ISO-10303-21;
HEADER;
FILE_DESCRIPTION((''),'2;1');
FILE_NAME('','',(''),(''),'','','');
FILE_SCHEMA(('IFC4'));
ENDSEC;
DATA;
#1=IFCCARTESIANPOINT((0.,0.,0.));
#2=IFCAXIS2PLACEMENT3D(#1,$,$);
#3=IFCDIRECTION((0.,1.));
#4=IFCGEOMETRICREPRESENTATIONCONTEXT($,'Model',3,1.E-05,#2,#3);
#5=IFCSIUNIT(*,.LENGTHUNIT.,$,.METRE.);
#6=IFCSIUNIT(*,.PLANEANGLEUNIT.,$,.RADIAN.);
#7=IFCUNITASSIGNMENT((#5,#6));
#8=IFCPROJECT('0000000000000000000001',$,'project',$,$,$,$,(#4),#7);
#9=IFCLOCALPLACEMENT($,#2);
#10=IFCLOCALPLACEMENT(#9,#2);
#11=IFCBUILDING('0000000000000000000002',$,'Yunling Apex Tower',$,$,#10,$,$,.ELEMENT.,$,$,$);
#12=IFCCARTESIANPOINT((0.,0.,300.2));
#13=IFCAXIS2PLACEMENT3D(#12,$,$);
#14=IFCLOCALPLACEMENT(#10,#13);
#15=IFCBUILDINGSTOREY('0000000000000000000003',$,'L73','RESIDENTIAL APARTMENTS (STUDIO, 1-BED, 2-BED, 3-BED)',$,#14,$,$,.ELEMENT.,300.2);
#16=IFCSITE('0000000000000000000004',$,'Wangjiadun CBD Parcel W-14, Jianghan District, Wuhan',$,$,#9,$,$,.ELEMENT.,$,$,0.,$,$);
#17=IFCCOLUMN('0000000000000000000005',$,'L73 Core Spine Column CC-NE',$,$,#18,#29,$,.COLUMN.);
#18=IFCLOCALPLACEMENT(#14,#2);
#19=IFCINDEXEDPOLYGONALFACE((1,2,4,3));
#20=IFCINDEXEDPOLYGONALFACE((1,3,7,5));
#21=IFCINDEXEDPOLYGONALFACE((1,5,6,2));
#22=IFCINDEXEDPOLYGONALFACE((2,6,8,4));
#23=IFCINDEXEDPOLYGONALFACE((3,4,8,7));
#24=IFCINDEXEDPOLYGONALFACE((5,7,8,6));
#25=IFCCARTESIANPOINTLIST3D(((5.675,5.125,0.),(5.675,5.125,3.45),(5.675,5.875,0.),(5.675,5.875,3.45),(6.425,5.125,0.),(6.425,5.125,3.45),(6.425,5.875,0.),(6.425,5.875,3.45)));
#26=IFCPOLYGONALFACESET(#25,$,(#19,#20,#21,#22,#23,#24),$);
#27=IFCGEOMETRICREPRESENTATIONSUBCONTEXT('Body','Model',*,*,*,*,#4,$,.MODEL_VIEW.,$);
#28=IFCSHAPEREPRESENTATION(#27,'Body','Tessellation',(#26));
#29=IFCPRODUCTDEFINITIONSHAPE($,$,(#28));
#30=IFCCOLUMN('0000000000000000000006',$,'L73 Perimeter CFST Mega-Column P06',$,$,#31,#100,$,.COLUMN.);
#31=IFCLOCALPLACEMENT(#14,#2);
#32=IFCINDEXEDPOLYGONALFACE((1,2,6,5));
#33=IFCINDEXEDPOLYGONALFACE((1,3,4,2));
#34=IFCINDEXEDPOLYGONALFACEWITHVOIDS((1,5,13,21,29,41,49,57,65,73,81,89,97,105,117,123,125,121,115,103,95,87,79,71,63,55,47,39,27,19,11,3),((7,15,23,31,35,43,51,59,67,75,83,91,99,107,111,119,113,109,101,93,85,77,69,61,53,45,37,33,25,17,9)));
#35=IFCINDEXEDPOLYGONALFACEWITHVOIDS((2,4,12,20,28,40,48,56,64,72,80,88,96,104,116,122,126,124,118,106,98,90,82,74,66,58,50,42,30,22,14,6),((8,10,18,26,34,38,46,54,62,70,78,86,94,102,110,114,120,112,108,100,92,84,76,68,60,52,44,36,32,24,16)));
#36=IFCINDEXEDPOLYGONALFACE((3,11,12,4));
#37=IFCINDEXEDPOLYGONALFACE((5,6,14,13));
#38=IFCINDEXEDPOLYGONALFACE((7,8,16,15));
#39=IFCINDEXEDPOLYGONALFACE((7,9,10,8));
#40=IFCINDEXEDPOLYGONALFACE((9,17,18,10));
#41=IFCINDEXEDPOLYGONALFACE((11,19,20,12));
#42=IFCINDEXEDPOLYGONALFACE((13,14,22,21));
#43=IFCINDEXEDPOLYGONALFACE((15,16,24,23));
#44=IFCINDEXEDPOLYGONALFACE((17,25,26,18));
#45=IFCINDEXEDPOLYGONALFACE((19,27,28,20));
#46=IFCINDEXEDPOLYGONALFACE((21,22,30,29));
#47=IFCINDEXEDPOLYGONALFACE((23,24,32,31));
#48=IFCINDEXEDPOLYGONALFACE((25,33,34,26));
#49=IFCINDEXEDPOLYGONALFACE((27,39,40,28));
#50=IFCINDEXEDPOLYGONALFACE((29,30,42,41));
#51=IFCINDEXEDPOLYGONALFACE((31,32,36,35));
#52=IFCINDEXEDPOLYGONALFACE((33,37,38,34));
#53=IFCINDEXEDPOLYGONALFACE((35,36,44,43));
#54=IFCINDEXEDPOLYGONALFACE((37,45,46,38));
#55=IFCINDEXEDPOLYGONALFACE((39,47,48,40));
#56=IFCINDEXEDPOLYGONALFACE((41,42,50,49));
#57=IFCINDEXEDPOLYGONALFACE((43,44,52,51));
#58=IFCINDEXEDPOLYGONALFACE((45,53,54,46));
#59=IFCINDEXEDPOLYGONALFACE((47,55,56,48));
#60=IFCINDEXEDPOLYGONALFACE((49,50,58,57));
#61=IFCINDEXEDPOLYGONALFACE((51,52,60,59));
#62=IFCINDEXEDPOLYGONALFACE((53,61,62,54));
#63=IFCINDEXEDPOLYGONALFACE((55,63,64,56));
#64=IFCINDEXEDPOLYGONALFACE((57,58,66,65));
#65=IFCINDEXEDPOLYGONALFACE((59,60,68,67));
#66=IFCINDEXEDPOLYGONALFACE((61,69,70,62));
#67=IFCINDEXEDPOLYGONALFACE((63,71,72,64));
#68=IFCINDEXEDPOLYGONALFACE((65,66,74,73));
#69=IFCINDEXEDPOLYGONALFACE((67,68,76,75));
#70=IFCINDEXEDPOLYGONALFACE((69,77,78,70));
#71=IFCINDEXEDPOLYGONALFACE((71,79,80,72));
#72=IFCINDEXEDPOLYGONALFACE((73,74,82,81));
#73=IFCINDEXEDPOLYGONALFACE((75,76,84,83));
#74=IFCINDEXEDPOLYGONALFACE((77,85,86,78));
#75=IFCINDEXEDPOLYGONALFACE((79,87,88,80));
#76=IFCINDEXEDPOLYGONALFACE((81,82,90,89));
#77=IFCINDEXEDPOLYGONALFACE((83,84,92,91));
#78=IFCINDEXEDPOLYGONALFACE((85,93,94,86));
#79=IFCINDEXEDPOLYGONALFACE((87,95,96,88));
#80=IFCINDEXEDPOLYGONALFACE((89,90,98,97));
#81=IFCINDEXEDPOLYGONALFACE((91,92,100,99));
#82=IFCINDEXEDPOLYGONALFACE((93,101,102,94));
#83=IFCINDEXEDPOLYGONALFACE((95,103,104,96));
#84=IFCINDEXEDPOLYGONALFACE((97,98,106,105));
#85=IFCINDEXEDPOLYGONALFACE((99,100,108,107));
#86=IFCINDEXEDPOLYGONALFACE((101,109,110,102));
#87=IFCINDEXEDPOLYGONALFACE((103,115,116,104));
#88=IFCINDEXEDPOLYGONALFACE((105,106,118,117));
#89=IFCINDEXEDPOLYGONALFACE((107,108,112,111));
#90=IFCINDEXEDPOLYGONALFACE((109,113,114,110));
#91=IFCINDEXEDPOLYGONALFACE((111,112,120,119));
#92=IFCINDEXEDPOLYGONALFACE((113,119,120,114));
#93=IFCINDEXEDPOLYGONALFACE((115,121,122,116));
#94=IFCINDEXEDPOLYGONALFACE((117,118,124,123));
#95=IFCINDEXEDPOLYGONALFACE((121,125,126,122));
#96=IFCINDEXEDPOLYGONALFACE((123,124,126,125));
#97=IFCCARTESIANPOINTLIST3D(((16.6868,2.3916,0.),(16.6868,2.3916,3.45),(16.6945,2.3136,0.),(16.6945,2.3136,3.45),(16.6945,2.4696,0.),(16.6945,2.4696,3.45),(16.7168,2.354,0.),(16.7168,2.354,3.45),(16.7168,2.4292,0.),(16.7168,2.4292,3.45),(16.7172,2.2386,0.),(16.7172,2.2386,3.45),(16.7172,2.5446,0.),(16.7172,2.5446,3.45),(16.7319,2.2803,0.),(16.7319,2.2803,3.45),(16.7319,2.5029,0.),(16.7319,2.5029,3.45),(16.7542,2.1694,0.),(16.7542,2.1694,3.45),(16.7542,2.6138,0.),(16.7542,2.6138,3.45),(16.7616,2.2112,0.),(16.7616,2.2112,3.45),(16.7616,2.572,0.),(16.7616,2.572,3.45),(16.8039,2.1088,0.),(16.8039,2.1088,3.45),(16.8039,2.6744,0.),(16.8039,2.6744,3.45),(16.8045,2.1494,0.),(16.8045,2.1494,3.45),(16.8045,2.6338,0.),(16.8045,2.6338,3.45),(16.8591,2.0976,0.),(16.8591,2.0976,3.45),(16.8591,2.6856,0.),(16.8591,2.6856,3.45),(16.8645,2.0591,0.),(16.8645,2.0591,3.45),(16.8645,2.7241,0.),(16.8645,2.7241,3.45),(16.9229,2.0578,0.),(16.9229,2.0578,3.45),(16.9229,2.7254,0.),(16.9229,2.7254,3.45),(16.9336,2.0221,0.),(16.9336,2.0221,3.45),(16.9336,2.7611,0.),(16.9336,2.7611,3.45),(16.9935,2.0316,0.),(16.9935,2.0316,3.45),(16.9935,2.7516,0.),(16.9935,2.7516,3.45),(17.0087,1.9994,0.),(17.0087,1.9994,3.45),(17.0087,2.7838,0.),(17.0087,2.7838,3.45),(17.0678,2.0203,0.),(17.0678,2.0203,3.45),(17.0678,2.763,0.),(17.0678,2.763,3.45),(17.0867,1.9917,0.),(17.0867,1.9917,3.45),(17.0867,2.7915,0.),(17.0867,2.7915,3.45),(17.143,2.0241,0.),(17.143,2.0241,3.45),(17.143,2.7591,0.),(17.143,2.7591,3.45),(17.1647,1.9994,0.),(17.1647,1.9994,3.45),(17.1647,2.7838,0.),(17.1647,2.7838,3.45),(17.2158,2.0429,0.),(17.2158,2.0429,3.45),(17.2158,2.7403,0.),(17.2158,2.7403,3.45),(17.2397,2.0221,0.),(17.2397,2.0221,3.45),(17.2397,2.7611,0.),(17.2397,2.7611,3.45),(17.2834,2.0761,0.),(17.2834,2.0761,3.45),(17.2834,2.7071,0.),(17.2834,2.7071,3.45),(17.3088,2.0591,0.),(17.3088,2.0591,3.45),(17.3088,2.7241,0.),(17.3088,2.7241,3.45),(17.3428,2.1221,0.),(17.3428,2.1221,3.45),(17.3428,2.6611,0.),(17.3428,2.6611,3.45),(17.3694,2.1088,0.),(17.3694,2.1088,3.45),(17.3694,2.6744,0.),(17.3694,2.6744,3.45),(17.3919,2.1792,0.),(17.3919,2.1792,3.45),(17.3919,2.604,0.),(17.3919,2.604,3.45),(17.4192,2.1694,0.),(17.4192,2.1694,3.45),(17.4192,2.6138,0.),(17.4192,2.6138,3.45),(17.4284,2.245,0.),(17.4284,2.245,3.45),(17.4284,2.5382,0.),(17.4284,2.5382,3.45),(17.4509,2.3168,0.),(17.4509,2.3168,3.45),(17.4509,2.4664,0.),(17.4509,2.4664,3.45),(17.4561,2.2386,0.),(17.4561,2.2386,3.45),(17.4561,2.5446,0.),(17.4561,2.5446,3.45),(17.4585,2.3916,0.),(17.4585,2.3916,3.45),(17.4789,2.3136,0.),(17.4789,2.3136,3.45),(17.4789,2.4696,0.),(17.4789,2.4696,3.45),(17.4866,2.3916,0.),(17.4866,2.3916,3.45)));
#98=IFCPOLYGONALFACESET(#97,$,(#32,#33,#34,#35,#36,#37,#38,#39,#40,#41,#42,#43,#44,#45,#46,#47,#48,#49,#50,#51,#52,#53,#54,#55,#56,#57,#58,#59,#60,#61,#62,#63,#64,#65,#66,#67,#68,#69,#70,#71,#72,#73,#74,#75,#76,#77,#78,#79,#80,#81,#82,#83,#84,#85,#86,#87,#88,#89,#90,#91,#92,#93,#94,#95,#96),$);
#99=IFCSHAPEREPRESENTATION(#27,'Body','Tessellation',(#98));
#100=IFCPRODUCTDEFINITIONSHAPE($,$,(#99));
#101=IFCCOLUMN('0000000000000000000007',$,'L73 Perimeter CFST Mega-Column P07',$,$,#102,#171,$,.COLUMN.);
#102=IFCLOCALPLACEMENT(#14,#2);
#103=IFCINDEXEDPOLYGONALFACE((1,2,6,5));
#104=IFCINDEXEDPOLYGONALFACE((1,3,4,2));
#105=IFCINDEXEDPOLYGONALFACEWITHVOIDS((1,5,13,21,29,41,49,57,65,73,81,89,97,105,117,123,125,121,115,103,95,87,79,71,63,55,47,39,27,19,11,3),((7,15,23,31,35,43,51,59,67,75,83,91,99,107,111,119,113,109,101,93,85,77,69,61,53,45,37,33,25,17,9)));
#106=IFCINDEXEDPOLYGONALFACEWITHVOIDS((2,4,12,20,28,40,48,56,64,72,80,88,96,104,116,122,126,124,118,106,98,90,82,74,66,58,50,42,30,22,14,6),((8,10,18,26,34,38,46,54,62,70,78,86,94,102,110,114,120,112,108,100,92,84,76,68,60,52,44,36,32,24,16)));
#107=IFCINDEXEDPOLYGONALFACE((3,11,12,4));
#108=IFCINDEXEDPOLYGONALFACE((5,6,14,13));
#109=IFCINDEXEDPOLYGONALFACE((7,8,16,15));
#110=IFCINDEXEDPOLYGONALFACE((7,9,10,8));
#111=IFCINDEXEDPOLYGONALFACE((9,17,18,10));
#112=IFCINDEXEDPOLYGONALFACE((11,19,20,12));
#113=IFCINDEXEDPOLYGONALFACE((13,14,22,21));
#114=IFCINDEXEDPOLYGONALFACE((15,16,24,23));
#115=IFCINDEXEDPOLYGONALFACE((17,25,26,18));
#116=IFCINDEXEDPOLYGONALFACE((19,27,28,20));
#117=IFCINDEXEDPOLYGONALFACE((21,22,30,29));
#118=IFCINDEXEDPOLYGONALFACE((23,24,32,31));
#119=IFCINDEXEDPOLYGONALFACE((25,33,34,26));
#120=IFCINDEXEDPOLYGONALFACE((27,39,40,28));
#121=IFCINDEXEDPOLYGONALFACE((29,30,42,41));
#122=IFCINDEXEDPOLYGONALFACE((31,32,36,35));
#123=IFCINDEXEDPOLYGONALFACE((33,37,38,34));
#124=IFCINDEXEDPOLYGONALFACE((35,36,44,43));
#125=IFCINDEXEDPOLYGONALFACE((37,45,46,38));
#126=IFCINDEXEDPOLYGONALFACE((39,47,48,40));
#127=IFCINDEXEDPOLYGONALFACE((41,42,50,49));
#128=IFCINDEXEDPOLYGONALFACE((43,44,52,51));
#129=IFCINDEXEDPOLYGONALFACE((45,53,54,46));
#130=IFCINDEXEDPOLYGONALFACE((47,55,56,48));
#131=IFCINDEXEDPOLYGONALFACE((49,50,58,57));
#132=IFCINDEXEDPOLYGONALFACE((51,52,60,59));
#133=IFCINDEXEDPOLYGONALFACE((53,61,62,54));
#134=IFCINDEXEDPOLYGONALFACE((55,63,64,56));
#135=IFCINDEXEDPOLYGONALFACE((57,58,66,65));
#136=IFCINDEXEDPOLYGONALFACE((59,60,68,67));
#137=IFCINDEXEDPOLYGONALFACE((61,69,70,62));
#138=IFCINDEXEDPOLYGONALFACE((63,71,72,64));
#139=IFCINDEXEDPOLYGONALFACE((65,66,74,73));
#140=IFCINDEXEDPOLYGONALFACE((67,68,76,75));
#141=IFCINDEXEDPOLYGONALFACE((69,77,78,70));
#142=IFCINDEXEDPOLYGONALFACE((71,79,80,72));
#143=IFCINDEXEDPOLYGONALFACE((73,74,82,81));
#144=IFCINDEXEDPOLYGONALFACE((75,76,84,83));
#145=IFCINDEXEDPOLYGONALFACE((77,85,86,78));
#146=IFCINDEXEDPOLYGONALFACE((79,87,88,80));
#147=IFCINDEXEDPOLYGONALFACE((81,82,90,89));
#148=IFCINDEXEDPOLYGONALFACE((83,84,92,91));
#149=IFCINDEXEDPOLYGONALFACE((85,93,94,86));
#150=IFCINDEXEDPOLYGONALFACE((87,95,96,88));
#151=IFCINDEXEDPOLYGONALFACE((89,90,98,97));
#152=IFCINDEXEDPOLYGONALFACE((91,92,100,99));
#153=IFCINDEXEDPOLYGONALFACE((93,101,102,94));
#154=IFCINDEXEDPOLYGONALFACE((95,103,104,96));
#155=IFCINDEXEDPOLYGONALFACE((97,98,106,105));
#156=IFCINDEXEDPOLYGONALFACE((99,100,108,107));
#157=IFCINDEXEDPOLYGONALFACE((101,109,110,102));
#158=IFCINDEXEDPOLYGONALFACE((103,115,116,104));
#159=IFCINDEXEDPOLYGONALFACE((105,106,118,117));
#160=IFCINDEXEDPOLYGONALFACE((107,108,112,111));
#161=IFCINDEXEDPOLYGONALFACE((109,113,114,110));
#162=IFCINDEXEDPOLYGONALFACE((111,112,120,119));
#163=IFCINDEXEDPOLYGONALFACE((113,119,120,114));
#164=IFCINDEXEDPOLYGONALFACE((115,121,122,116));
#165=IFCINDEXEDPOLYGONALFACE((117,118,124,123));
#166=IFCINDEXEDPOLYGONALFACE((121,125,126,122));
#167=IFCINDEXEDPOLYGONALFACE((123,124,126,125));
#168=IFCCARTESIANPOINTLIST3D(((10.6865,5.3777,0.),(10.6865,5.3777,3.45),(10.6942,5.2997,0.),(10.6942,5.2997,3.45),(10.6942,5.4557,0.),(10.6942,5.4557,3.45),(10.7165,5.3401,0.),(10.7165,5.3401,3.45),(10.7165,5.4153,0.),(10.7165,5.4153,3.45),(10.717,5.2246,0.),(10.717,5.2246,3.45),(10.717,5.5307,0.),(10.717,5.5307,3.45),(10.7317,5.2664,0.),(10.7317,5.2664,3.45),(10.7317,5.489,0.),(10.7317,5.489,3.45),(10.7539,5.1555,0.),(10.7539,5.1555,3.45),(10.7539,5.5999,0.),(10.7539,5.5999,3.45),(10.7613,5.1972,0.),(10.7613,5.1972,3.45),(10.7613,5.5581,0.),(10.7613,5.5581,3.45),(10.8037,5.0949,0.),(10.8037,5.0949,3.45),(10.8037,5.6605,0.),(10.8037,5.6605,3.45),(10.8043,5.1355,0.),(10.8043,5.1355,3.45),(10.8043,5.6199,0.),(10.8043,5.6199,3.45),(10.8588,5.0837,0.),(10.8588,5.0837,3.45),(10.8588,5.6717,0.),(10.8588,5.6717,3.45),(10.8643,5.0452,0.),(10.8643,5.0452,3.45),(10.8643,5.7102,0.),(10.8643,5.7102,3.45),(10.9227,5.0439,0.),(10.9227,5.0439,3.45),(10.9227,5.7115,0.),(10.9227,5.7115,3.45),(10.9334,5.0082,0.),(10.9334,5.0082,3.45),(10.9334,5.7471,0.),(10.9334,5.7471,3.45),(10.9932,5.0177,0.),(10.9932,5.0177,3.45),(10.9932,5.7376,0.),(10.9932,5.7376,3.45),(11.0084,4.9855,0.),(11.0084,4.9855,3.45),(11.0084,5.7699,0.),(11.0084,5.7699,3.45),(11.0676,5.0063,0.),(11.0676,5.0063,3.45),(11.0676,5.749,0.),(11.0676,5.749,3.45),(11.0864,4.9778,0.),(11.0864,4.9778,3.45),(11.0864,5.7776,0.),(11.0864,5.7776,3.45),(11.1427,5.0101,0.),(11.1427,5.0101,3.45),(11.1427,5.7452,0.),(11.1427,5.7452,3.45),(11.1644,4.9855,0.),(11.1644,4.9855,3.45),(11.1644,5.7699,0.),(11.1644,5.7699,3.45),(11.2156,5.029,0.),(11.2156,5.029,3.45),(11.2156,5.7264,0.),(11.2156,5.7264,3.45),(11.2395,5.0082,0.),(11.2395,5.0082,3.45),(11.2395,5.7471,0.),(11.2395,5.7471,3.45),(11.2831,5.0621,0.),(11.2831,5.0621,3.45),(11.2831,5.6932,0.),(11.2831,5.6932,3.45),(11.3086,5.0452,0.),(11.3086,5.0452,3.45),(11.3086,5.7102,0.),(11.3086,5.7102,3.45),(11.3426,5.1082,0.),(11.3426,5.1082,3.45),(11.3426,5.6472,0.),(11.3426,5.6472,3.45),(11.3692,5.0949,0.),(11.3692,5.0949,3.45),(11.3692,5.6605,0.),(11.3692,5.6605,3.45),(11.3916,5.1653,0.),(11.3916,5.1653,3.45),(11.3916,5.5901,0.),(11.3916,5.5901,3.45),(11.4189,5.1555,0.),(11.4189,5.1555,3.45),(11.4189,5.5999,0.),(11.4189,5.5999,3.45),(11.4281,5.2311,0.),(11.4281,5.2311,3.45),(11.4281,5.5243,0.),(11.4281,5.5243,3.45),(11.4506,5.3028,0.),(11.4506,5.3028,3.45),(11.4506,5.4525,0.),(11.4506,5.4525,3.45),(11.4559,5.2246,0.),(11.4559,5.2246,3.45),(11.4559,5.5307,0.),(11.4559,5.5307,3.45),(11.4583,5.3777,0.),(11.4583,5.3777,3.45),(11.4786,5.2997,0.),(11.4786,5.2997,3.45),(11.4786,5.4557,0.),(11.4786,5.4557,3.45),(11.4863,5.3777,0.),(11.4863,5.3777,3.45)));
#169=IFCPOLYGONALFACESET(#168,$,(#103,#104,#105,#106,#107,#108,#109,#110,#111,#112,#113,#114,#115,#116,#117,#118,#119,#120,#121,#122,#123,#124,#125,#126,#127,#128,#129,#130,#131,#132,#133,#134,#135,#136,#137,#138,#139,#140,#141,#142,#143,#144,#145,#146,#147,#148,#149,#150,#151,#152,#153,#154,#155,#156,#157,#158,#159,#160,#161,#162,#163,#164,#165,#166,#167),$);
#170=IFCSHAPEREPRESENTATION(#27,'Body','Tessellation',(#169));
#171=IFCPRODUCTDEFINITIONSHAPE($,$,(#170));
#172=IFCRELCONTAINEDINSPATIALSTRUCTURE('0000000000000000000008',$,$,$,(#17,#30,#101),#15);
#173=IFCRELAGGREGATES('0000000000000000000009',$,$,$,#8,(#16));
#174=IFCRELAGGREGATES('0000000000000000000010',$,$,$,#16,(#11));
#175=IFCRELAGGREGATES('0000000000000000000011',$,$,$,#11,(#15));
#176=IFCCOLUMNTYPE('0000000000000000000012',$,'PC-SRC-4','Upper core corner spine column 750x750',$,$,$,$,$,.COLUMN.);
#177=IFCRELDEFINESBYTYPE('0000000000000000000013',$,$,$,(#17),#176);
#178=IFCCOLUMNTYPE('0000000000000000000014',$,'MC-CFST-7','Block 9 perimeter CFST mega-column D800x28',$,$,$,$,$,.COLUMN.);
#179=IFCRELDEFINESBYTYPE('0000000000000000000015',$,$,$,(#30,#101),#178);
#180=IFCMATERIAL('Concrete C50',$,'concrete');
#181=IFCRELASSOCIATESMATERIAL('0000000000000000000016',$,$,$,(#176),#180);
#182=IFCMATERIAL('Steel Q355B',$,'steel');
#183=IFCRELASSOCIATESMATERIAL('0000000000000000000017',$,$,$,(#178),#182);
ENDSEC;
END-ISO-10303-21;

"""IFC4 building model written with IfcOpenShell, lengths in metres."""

from ifc_helpers import new_model, si_unit, direction, frame, origin, origin_2d, place, context, subcontext, project, spatial, rectangle, hollow_circle, extrude, source, transform, mapped, material, material_profile, profile_set, type_object, element, save


model = new_model("IFC4")

# Units and contexts
model_context = context("Model", 3, precision=1e-05, world=origin(), true_north=direction((0.0, 1.0)))
body_context = subcontext(model_context, "Body", "Model", "MODEL_VIEW")
ifc_project = project(units=[si_unit("LENGTHUNIT", "METRE"), si_unit("PLANEANGLEUNIT", "RADIAN")], contexts=[model_context])

# Site, building, storey
site_placement = place(None, origin())
site = spatial("IfcSite", under=ifc_project, at=site_placement, Name="Wangjiadun CBD Parcel W-14, Jianghan District, Wuhan", CompositionType="ELEMENT", RefElevation=0.0)
building_placement = place(site_placement, origin())
building = spatial("IfcBuilding", under=site, at=building_placement, Name="Yunling Apex Tower", CompositionType="ELEMENT")
storey_placement = place(building_placement, frame((0.0, 0.0, 300.2)))
storey = spatial("IfcBuildingStorey", under=building, at=storey_placement, Name="L73", Description="RESIDENTIAL APARTMENTS (STUDIO, 1-BED, 2-BED, 3-BED)", CompositionType="ELEMENT", Elevation=300.2)

# Columns
ifc_material_1 = material(Name="Concrete C50", Category="concrete")
ifc_material_profile_1 = material_profile(ifc_material_1, rectangle(XDim=0.75, YDim=0.75, at=origin_2d()))
ifc_profile_set_1 = profile_set([ifc_material_profile_1], Name="Concrete C50")
column_type_1 = type_object("IfcColumnType", Name="PC-SRC-4", Description="Upper core corner spine column 750x750", PredefinedType="COLUMN", material=ifc_profile_set_1)
shared_shape_1 = source(origin(), body_context, "Body", "SweptSolid", [
    extrude(rectangle(XDim=0.75, YDim=0.75, at=origin_2d()), origin(), (0.0, 0.0, 1.0), 3.45),
])
column_placement = place(storey_placement, frame((6.05, 5.5, 0.0), z_axis=(0.0, 0.0, 1.0), x_axis=(1.0, 0.0, 0.0)))
element("IfcColumn", 1, at=column_placement, inside=storey, type_object=column_type_1, Name="L73 Core Spine Column CC-NE", PredefinedType="COLUMN", context=body_context, shape_type="MappedRepresentation", body=[
    mapped(shared_shape_1, transform((0.0, 0.0, 0.0), scale=1.0)),
])
ifc_material_2 = material(Name="Steel Q355B", Category="steel")
ifc_material_profile_2 = material_profile(ifc_material_2, hollow_circle(Radius=0.3999, WallThickness=0.0281, at=origin_2d()))
ifc_profile_set_2 = profile_set([ifc_material_profile_2], Name="Steel Q355B")
column_type_2 = type_object("IfcColumnType", Name="MC-CFST-7", Description="Block 9 perimeter CFST mega-column D800x28", PredefinedType="COLUMN", material=ifc_profile_set_2)
shared_shape_2 = source(origin(), body_context, "Body", "SweptSolid", [
    extrude(hollow_circle(Radius=0.3999, WallThickness=0.0281, at=origin_2d()), origin(), (0.0, 0.0, 1.0), 3.45),
])
for number, where, z_axis, x_axis, name in (
    (2, (17.0867, 2.3916, 0.0), (0.0, 0.0, 1.0), (1.0, 0.0, 0.0), "L73 Perimeter CFST Mega-Column P06"),
    (3, (11.0864, 5.3777, 0.0), (0.0, 0.0, 1.0), (1.0, 0.0, 0.0), "L73 Perimeter CFST Mega-Column P07"),
):
    element("IfcColumn", number, at=place(storey_placement, frame(where, z_axis=z_axis, x_axis=x_axis)), inside=storey, type_object=column_type_2, Name=name, PredefinedType="COLUMN", context=body_context, shape_type="MappedRepresentation", body=[
        mapped(shared_shape_2, transform((0.0, 0.0, 0.0), scale=1.0)),
    ])

save(model, "model.ifc")
